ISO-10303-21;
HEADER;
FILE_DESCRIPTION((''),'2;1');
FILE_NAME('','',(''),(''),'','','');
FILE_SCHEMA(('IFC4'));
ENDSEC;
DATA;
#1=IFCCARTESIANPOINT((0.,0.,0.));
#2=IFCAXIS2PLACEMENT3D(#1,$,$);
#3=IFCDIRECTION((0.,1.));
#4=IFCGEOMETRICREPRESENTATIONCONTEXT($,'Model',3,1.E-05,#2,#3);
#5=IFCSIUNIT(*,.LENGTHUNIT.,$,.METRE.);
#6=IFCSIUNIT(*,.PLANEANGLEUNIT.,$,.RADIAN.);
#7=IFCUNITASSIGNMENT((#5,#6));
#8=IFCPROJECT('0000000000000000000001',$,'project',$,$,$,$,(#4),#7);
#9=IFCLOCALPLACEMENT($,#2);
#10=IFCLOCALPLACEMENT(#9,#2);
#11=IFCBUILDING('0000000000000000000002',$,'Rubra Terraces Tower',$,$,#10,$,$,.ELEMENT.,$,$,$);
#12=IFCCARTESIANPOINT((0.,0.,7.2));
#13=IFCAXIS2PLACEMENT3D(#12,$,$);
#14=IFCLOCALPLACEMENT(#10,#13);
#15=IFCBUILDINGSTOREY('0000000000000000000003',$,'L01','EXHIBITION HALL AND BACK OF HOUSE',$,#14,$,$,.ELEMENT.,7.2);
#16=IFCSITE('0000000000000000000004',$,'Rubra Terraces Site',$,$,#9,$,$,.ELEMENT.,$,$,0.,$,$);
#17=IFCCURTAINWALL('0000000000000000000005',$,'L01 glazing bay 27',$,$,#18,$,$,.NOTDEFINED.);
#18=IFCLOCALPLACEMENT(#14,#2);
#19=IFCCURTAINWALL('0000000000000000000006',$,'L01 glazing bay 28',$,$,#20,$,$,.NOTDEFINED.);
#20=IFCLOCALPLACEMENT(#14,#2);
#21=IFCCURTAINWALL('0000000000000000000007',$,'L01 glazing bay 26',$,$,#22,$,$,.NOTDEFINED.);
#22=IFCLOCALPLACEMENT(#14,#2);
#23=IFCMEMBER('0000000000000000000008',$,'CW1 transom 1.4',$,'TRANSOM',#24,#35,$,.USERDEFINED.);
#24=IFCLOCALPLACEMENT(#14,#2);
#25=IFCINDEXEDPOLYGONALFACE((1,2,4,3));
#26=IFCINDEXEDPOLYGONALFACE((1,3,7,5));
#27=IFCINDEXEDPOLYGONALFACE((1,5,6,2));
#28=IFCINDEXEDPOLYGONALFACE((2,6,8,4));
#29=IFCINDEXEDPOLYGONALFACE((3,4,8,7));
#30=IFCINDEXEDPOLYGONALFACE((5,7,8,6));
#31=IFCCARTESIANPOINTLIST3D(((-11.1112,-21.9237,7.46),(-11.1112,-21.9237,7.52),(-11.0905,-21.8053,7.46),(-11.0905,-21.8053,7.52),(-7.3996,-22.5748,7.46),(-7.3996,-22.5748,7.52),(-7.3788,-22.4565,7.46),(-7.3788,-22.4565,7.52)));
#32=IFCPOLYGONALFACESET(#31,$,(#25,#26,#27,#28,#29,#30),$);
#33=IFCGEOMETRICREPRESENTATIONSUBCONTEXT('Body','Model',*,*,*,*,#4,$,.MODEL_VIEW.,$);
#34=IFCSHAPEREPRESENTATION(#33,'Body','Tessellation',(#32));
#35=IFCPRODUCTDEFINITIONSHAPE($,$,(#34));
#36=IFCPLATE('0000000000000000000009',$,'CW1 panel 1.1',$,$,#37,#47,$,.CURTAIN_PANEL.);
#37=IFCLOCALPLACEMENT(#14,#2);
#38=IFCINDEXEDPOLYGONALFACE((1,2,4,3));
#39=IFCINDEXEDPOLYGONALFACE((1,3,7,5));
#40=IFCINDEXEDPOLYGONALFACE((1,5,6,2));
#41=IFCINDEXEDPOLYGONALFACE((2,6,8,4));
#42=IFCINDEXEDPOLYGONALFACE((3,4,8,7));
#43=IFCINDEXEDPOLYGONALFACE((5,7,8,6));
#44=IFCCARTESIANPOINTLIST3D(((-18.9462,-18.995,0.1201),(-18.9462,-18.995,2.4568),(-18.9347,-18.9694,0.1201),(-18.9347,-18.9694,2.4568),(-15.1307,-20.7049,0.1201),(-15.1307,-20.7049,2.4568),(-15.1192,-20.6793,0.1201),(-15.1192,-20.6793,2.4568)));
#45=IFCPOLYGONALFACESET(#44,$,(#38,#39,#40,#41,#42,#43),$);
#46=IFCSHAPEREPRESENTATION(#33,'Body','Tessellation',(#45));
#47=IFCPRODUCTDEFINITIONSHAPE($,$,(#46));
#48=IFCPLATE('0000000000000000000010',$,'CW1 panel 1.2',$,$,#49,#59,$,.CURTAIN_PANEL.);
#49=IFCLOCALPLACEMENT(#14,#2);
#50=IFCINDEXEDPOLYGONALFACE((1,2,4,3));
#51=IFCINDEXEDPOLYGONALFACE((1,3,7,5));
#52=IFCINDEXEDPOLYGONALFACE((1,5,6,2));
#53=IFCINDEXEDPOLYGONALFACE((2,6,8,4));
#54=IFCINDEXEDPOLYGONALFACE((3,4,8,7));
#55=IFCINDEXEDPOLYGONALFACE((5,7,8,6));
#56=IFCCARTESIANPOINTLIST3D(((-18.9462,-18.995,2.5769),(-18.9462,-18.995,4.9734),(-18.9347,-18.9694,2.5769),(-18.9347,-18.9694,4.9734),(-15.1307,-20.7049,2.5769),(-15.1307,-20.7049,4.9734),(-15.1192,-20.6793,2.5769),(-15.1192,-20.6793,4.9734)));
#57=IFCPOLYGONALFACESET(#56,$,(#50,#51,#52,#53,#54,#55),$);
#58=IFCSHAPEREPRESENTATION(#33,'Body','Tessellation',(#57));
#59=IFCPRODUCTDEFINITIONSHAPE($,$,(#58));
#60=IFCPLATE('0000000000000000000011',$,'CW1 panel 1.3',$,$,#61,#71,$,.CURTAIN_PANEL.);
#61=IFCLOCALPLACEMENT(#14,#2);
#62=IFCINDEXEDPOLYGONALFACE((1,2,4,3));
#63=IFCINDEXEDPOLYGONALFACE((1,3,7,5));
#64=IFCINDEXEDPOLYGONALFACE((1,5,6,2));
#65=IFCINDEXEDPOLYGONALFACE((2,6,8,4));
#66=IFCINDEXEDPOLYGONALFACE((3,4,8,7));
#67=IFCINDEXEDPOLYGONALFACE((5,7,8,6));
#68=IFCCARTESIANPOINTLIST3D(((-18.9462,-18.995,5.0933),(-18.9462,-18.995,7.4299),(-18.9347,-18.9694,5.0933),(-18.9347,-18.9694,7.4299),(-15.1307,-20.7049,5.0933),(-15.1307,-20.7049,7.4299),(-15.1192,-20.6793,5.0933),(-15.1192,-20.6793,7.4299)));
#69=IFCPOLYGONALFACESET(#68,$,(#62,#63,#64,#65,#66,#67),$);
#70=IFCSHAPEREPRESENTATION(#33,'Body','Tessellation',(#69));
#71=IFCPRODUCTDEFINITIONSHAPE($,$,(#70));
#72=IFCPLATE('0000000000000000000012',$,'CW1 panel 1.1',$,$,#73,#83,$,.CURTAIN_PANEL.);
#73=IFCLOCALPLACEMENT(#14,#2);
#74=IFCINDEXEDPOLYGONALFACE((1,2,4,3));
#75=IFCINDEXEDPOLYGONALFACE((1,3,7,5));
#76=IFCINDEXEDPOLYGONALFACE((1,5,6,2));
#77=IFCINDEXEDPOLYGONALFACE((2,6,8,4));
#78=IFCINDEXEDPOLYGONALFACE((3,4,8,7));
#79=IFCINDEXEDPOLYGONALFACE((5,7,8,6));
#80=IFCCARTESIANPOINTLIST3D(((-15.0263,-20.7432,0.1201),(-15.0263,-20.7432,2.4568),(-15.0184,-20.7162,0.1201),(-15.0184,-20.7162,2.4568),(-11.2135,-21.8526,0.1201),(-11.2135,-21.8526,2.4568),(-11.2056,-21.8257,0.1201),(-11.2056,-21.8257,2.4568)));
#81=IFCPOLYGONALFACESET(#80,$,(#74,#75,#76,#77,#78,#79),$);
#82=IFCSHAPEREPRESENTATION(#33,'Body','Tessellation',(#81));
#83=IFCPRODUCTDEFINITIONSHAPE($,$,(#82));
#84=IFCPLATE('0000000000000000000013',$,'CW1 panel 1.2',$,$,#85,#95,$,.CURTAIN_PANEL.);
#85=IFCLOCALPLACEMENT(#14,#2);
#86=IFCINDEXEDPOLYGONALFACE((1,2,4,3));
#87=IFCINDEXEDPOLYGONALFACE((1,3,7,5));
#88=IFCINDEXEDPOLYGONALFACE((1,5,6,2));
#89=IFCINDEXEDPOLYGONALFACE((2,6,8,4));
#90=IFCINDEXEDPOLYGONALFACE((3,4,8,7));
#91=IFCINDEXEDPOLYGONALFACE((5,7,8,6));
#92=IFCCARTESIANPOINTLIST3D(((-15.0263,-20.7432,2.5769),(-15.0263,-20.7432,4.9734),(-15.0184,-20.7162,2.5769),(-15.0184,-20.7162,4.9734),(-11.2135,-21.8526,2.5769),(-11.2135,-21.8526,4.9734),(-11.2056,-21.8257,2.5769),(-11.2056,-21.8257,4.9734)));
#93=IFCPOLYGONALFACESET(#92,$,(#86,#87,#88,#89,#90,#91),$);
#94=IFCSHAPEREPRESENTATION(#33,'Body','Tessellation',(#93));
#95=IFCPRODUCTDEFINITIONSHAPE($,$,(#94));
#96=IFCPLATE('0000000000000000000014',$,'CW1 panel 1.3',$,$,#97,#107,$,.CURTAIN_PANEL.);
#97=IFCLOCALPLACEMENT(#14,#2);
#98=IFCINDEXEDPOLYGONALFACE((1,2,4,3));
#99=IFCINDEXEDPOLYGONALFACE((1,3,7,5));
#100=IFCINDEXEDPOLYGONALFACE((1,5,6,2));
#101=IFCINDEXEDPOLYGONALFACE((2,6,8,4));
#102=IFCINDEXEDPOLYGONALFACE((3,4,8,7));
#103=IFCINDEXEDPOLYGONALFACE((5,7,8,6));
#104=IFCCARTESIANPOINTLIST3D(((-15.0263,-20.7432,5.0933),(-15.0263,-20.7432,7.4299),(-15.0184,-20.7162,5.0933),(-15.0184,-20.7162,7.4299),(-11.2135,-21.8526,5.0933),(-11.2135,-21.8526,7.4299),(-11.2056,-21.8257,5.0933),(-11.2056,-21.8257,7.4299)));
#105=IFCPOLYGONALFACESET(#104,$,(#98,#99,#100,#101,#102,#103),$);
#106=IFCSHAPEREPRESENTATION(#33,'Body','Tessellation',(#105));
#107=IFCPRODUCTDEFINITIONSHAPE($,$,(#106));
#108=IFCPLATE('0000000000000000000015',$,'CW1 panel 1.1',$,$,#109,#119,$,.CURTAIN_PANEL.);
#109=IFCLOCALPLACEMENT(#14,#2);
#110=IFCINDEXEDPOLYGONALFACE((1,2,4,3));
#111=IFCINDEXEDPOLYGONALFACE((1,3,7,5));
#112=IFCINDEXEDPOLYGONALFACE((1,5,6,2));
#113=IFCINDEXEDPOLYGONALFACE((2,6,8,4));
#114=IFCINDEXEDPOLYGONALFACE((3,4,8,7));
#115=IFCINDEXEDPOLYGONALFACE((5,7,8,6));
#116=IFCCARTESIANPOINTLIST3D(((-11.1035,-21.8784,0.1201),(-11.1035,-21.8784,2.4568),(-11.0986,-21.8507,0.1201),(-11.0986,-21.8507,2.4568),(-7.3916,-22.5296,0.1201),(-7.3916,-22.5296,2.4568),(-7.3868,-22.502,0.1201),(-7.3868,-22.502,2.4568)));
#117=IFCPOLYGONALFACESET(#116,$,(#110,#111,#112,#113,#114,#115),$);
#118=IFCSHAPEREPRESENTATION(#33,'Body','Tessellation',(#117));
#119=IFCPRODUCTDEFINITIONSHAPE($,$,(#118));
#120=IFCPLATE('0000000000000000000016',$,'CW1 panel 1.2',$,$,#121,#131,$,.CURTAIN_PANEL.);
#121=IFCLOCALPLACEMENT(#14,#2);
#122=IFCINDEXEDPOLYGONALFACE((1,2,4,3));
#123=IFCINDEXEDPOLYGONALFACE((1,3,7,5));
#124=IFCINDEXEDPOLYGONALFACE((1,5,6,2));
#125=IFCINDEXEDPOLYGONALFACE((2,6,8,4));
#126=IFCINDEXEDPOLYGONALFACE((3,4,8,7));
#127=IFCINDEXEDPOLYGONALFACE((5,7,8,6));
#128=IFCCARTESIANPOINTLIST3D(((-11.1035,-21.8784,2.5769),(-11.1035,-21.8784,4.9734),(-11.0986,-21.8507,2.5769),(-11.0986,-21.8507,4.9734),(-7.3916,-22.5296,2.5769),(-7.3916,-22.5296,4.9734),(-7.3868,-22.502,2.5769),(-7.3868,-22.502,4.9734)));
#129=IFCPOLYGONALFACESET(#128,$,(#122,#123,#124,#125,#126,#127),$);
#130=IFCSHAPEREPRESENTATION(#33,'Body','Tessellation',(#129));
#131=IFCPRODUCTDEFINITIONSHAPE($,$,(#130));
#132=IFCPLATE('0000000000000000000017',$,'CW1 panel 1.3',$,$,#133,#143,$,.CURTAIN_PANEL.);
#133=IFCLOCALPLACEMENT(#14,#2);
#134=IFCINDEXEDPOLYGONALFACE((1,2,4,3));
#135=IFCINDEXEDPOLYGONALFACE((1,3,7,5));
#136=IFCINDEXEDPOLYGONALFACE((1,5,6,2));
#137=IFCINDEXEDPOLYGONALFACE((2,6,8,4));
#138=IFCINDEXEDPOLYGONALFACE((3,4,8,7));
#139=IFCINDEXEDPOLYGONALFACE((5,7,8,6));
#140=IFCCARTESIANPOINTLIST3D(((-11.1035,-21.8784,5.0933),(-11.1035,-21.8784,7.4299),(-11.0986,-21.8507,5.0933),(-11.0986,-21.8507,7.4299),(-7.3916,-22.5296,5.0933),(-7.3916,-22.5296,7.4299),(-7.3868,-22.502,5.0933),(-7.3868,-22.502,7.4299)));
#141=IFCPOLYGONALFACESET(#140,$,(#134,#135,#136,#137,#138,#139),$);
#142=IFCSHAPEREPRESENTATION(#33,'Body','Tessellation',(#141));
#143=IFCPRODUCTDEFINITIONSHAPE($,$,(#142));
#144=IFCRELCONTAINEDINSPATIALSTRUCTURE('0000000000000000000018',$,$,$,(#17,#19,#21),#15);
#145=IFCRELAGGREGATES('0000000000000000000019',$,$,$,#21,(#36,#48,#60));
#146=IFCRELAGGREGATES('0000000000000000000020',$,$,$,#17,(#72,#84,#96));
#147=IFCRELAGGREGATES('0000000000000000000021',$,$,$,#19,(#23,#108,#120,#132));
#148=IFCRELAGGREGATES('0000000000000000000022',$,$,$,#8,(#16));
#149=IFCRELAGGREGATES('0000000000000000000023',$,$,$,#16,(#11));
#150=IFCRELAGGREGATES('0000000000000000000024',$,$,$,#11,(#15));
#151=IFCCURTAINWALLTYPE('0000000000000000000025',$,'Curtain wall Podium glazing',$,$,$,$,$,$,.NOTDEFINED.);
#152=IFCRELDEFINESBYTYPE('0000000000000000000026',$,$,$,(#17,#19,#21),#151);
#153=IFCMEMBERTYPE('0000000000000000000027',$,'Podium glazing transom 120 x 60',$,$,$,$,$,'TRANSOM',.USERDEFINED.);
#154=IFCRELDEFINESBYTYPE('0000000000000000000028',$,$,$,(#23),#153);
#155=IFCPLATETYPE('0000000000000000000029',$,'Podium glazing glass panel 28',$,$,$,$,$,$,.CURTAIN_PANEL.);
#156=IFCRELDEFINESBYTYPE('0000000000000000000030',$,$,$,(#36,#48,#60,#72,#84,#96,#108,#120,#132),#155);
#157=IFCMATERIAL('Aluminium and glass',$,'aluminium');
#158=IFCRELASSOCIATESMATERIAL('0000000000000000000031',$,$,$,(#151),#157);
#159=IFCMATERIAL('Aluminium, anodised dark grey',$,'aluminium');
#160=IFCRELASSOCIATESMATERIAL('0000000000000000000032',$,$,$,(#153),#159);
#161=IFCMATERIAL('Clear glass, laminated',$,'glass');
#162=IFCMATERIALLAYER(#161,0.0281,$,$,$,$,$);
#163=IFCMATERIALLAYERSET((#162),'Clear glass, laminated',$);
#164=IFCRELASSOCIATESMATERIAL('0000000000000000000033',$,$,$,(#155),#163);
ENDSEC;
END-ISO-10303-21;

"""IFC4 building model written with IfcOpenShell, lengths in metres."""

from ifc_helpers import new_model, si_unit, direction, frame, origin, origin_2d, place, context, subcontext, project, spatial, rectangle, extrude, material, layer, layer_set, material_profile, profile_set, type_object, element, aggregate, save


model = new_model("IFC4")

# Units and contexts
model_context = context("Model", 3, precision=1e-05, world=origin(), true_north=direction((0.0, 1.0)))
body_context = subcontext(model_context, "Body", "Model", "MODEL_VIEW")
ifc_project = project(units=[si_unit("LENGTHUNIT", "METRE"), si_unit("PLANEANGLEUNIT", "RADIAN")], contexts=[model_context])

# Site, building, storey
site_placement = place(None, origin())
site = spatial("IfcSite", under=ifc_project, at=site_placement, Name="Rubra Terraces Site", CompositionType="ELEMENT", RefElevation=0.0)
building_placement = place(site_placement, origin())
building = spatial("IfcBuilding", under=site, at=building_placement, Name="Rubra Terraces Tower", CompositionType="ELEMENT")
storey_placement = place(building_placement, frame((0.0, 0.0, 7.2)))
storey = spatial("IfcBuildingStorey", under=building, at=storey_placement, Name="L01", Description="EXHIBITION HALL AND BACK OF HOUSE", CompositionType="ELEMENT", Elevation=7.2)

# Curtain walls
ifc_material_1 = material(Name="Aluminium and glass", Category="aluminium")
curtain_wall_type = type_object("IfcCurtainWallType", Name="Curtain wall Podium glazing", PredefinedType="NOTDEFINED", material=ifc_material_1)
curtain_wall_1_placement = place(storey_placement, origin())
curtain_wall_1 = element("IfcCurtainWall", 1, at=curtain_wall_1_placement, inside=storey, type_object=curtain_wall_type, Name="L01 glazing bay 27", PredefinedType="NOTDEFINED")
ifc_material_2 = material(Name="Aluminium, anodised dark grey", Category="aluminium")
curtain_wall_2_placement = place(storey_placement, origin())
curtain_wall_2 = element("IfcCurtainWall", 2, at=curtain_wall_2_placement, inside=storey, type_object=curtain_wall_type, Name="L01 glazing bay 28", PredefinedType="NOTDEFINED")

# Curtain wall
curtain_wall_3_placement = place(storey_placement, origin())
curtain_wall_3 = element("IfcCurtainWall", 3, at=curtain_wall_3_placement, inside=storey, type_object=curtain_wall_type, Name="L01 glazing bay 26", PredefinedType="NOTDEFINED")
ifc_material_profile_1 = material_profile(ifc_material_2, rectangle(XDim=0.1201, YDim=0.0601, at=origin_2d()), Name="AL 120x60")
ifc_profile_set_1 = profile_set([ifc_material_profile_1], Name="Aluminium, anodised dark grey")
member_type_1 = type_object("IfcMemberType", Name="Podium glazing transom 120 x 60", ElementType="TRANSOM", PredefinedType="USERDEFINED", material=ifc_profile_set_1)

# Member
member_1_placement = place(storey_placement, frame((-11.1008, -21.8645, 7.49), z_axis=(0.984959, -0.172787, 0.0), x_axis=(0.172787, 0.984959, 0.0)))
member_1 = element("IfcMember", 4, at=member_1_placement, type_object=member_type_1, Name="CW1 transom 1.4", ObjectType="TRANSOM", PredefinedType="USERDEFINED", context=body_context, shape_type="SweptSolid", body=[
    extrude(rectangle(XDim=0.1201, YDim=0.0601, at=origin_2d()), origin(), (0.0, 0.0, 1.0), 3.7683),
])

# Plates
ifc_material_3 = material(Name="Clear glass, laminated", Category="glass")
ifc_layer = layer(ifc_material_3, 0.0281)
ifc_layer_set = layer_set([ifc_layer], Name="Clear glass, laminated")
plate_type = type_object("IfcPlateType", Name="Podium glazing glass panel 28", PredefinedType="CURTAIN_PANEL", material=ifc_layer_set)
plate_1_placement = place(storey_placement, frame((-17.0327, -19.8372, 0.1201), z_axis=(0.0, 0.0, 1.0), x_axis=(0.912551, -0.408962, 0.0)))
plate_1 = element("IfcPlate", 5, at=plate_1_placement, type_object=plate_type, Name="CW1 panel 1.1", PredefinedType="CURTAIN_PANEL", context=body_context, shape_type="SweptSolid", body=[
    extrude(rectangle(XDim=4.1812, YDim=0.0281, at=origin_2d()), origin(), (0.0, 0.0, 1.0), 2.3367),
])
plate_2_placement = place(storey_placement, frame((-17.0327, -19.8372, 2.5769), z_axis=(0.0, 0.0, 1.0), x_axis=(0.912551, -0.408962, 0.0)))
plate_2 = element("IfcPlate", 6, at=plate_2_placement, type_object=plate_type, Name="CW1 panel 1.2", PredefinedType="CURTAIN_PANEL", context=body_context, shape_type="SweptSolid", body=[
    extrude(rectangle(XDim=4.1812, YDim=0.0281, at=origin_2d()), origin(), (0.0, 0.0, 1.0), 2.3965),
])
plate_3_placement = place(storey_placement, frame((-17.0327, -19.8372, 5.0933), z_axis=(0.0, 0.0, 1.0), x_axis=(0.912551, -0.408962, 0.0)))
plate_3 = element("IfcPlate", 7, at=plate_3_placement, type_object=plate_type, Name="CW1 panel 1.3", PredefinedType="CURTAIN_PANEL", context=body_context, shape_type="SweptSolid", body=[
    extrude(rectangle(XDim=4.1812, YDim=0.0281, at=origin_2d()), origin(), (0.0, 0.0, 1.0), 2.3367),
])
aggregate(curtain_wall_3, [plate_1, plate_2, plate_3])
plate_4_placement = place(storey_placement, frame((-13.116, -21.2844, 0.1201), z_axis=(0.0, 0.0, 1.0), x_axis=(0.960175, -0.279399, 0.0)))
plate_4 = element("IfcPlate", 8, at=plate_4_placement, type_object=plate_type, Name="CW1 panel 1.1", PredefinedType="CURTAIN_PANEL", context=body_context, shape_type="SweptSolid", body=[
    extrude(rectangle(XDim=3.9709, YDim=0.0281, at=origin_2d()), origin(), (0.0, 0.0, 1.0), 2.3367),
])
plate_5_placement = place(storey_placement, frame((-13.116, -21.2844, 2.5769), z_axis=(0.0, 0.0, 1.0), x_axis=(0.960175, -0.279399, 0.0)))
plate_5 = element("IfcPlate", 9, at=plate_5_placement, type_object=plate_type, Name="CW1 panel 1.2", PredefinedType="CURTAIN_PANEL", context=body_context, shape_type="SweptSolid", body=[
    extrude(rectangle(XDim=3.9709, YDim=0.0281, at=origin_2d()), origin(), (0.0, 0.0, 1.0), 2.3965),
])
plate_6_placement = place(storey_placement, frame((-13.116, -21.2844, 5.0933), z_axis=(0.0, 0.0, 1.0), x_axis=(0.960175, -0.279399, 0.0)))
plate_6 = element("IfcPlate", 10, at=plate_6_placement, type_object=plate_type, Name="CW1 panel 1.3", PredefinedType="CURTAIN_PANEL", context=body_context, shape_type="SweptSolid", body=[
    extrude(rectangle(XDim=3.9709, YDim=0.0281, at=origin_2d()), origin(), (0.0, 0.0, 1.0), 2.3367),
])
aggregate(curtain_wall_1, [plate_4, plate_5, plate_6])
plate_7_placement = place(storey_placement, frame((-9.2451, -22.1902, 0.1201), z_axis=(0.0, 0.0, 1.0), x_axis=(0.984954, -0.172817, 0.0)))
plate_7 = element("IfcPlate", 11, at=plate_7_placement, type_object=plate_type, Name="CW1 panel 1.1", PredefinedType="CURTAIN_PANEL", context=body_context, shape_type="SweptSolid", body=[
    extrude(rectangle(XDim=3.7686, YDim=0.0281, at=origin_2d()), origin(), (0.0, 0.0, 1.0), 2.3367),
])
plate_8_placement = place(storey_placement, frame((-9.2451, -22.1902, 2.5769), z_axis=(0.0, 0.0, 1.0), x_axis=(0.984954, -0.172817, 0.0)))
plate_8 = element("IfcPlate", 12, at=plate_8_placement, type_object=plate_type, Name="CW1 panel 1.2", PredefinedType="CURTAIN_PANEL", context=body_context, shape_type="SweptSolid", body=[
    extrude(rectangle(XDim=3.7686, YDim=0.0281, at=origin_2d()), origin(), (0.0, 0.0, 1.0), 2.3965),
])
plate_9_placement = place(storey_placement, frame((-9.2451, -22.1902, 5.0933), z_axis=(0.0, 0.0, 1.0), x_axis=(0.984954, -0.172817, 0.0)))
plate_9 = element("IfcPlate", 13, at=plate_9_placement, type_object=plate_type, Name="CW1 panel 1.3", PredefinedType="CURTAIN_PANEL", context=body_context, shape_type="SweptSolid", body=[
    extrude(rectangle(XDim=3.7686, YDim=0.0281, at=origin_2d()), origin(), (0.0, 0.0, 1.0), 2.3367),
])
aggregate(curtain_wall_2, [member_1, plate_7, plate_8, plate_9])

save(model, "model.ifc")
